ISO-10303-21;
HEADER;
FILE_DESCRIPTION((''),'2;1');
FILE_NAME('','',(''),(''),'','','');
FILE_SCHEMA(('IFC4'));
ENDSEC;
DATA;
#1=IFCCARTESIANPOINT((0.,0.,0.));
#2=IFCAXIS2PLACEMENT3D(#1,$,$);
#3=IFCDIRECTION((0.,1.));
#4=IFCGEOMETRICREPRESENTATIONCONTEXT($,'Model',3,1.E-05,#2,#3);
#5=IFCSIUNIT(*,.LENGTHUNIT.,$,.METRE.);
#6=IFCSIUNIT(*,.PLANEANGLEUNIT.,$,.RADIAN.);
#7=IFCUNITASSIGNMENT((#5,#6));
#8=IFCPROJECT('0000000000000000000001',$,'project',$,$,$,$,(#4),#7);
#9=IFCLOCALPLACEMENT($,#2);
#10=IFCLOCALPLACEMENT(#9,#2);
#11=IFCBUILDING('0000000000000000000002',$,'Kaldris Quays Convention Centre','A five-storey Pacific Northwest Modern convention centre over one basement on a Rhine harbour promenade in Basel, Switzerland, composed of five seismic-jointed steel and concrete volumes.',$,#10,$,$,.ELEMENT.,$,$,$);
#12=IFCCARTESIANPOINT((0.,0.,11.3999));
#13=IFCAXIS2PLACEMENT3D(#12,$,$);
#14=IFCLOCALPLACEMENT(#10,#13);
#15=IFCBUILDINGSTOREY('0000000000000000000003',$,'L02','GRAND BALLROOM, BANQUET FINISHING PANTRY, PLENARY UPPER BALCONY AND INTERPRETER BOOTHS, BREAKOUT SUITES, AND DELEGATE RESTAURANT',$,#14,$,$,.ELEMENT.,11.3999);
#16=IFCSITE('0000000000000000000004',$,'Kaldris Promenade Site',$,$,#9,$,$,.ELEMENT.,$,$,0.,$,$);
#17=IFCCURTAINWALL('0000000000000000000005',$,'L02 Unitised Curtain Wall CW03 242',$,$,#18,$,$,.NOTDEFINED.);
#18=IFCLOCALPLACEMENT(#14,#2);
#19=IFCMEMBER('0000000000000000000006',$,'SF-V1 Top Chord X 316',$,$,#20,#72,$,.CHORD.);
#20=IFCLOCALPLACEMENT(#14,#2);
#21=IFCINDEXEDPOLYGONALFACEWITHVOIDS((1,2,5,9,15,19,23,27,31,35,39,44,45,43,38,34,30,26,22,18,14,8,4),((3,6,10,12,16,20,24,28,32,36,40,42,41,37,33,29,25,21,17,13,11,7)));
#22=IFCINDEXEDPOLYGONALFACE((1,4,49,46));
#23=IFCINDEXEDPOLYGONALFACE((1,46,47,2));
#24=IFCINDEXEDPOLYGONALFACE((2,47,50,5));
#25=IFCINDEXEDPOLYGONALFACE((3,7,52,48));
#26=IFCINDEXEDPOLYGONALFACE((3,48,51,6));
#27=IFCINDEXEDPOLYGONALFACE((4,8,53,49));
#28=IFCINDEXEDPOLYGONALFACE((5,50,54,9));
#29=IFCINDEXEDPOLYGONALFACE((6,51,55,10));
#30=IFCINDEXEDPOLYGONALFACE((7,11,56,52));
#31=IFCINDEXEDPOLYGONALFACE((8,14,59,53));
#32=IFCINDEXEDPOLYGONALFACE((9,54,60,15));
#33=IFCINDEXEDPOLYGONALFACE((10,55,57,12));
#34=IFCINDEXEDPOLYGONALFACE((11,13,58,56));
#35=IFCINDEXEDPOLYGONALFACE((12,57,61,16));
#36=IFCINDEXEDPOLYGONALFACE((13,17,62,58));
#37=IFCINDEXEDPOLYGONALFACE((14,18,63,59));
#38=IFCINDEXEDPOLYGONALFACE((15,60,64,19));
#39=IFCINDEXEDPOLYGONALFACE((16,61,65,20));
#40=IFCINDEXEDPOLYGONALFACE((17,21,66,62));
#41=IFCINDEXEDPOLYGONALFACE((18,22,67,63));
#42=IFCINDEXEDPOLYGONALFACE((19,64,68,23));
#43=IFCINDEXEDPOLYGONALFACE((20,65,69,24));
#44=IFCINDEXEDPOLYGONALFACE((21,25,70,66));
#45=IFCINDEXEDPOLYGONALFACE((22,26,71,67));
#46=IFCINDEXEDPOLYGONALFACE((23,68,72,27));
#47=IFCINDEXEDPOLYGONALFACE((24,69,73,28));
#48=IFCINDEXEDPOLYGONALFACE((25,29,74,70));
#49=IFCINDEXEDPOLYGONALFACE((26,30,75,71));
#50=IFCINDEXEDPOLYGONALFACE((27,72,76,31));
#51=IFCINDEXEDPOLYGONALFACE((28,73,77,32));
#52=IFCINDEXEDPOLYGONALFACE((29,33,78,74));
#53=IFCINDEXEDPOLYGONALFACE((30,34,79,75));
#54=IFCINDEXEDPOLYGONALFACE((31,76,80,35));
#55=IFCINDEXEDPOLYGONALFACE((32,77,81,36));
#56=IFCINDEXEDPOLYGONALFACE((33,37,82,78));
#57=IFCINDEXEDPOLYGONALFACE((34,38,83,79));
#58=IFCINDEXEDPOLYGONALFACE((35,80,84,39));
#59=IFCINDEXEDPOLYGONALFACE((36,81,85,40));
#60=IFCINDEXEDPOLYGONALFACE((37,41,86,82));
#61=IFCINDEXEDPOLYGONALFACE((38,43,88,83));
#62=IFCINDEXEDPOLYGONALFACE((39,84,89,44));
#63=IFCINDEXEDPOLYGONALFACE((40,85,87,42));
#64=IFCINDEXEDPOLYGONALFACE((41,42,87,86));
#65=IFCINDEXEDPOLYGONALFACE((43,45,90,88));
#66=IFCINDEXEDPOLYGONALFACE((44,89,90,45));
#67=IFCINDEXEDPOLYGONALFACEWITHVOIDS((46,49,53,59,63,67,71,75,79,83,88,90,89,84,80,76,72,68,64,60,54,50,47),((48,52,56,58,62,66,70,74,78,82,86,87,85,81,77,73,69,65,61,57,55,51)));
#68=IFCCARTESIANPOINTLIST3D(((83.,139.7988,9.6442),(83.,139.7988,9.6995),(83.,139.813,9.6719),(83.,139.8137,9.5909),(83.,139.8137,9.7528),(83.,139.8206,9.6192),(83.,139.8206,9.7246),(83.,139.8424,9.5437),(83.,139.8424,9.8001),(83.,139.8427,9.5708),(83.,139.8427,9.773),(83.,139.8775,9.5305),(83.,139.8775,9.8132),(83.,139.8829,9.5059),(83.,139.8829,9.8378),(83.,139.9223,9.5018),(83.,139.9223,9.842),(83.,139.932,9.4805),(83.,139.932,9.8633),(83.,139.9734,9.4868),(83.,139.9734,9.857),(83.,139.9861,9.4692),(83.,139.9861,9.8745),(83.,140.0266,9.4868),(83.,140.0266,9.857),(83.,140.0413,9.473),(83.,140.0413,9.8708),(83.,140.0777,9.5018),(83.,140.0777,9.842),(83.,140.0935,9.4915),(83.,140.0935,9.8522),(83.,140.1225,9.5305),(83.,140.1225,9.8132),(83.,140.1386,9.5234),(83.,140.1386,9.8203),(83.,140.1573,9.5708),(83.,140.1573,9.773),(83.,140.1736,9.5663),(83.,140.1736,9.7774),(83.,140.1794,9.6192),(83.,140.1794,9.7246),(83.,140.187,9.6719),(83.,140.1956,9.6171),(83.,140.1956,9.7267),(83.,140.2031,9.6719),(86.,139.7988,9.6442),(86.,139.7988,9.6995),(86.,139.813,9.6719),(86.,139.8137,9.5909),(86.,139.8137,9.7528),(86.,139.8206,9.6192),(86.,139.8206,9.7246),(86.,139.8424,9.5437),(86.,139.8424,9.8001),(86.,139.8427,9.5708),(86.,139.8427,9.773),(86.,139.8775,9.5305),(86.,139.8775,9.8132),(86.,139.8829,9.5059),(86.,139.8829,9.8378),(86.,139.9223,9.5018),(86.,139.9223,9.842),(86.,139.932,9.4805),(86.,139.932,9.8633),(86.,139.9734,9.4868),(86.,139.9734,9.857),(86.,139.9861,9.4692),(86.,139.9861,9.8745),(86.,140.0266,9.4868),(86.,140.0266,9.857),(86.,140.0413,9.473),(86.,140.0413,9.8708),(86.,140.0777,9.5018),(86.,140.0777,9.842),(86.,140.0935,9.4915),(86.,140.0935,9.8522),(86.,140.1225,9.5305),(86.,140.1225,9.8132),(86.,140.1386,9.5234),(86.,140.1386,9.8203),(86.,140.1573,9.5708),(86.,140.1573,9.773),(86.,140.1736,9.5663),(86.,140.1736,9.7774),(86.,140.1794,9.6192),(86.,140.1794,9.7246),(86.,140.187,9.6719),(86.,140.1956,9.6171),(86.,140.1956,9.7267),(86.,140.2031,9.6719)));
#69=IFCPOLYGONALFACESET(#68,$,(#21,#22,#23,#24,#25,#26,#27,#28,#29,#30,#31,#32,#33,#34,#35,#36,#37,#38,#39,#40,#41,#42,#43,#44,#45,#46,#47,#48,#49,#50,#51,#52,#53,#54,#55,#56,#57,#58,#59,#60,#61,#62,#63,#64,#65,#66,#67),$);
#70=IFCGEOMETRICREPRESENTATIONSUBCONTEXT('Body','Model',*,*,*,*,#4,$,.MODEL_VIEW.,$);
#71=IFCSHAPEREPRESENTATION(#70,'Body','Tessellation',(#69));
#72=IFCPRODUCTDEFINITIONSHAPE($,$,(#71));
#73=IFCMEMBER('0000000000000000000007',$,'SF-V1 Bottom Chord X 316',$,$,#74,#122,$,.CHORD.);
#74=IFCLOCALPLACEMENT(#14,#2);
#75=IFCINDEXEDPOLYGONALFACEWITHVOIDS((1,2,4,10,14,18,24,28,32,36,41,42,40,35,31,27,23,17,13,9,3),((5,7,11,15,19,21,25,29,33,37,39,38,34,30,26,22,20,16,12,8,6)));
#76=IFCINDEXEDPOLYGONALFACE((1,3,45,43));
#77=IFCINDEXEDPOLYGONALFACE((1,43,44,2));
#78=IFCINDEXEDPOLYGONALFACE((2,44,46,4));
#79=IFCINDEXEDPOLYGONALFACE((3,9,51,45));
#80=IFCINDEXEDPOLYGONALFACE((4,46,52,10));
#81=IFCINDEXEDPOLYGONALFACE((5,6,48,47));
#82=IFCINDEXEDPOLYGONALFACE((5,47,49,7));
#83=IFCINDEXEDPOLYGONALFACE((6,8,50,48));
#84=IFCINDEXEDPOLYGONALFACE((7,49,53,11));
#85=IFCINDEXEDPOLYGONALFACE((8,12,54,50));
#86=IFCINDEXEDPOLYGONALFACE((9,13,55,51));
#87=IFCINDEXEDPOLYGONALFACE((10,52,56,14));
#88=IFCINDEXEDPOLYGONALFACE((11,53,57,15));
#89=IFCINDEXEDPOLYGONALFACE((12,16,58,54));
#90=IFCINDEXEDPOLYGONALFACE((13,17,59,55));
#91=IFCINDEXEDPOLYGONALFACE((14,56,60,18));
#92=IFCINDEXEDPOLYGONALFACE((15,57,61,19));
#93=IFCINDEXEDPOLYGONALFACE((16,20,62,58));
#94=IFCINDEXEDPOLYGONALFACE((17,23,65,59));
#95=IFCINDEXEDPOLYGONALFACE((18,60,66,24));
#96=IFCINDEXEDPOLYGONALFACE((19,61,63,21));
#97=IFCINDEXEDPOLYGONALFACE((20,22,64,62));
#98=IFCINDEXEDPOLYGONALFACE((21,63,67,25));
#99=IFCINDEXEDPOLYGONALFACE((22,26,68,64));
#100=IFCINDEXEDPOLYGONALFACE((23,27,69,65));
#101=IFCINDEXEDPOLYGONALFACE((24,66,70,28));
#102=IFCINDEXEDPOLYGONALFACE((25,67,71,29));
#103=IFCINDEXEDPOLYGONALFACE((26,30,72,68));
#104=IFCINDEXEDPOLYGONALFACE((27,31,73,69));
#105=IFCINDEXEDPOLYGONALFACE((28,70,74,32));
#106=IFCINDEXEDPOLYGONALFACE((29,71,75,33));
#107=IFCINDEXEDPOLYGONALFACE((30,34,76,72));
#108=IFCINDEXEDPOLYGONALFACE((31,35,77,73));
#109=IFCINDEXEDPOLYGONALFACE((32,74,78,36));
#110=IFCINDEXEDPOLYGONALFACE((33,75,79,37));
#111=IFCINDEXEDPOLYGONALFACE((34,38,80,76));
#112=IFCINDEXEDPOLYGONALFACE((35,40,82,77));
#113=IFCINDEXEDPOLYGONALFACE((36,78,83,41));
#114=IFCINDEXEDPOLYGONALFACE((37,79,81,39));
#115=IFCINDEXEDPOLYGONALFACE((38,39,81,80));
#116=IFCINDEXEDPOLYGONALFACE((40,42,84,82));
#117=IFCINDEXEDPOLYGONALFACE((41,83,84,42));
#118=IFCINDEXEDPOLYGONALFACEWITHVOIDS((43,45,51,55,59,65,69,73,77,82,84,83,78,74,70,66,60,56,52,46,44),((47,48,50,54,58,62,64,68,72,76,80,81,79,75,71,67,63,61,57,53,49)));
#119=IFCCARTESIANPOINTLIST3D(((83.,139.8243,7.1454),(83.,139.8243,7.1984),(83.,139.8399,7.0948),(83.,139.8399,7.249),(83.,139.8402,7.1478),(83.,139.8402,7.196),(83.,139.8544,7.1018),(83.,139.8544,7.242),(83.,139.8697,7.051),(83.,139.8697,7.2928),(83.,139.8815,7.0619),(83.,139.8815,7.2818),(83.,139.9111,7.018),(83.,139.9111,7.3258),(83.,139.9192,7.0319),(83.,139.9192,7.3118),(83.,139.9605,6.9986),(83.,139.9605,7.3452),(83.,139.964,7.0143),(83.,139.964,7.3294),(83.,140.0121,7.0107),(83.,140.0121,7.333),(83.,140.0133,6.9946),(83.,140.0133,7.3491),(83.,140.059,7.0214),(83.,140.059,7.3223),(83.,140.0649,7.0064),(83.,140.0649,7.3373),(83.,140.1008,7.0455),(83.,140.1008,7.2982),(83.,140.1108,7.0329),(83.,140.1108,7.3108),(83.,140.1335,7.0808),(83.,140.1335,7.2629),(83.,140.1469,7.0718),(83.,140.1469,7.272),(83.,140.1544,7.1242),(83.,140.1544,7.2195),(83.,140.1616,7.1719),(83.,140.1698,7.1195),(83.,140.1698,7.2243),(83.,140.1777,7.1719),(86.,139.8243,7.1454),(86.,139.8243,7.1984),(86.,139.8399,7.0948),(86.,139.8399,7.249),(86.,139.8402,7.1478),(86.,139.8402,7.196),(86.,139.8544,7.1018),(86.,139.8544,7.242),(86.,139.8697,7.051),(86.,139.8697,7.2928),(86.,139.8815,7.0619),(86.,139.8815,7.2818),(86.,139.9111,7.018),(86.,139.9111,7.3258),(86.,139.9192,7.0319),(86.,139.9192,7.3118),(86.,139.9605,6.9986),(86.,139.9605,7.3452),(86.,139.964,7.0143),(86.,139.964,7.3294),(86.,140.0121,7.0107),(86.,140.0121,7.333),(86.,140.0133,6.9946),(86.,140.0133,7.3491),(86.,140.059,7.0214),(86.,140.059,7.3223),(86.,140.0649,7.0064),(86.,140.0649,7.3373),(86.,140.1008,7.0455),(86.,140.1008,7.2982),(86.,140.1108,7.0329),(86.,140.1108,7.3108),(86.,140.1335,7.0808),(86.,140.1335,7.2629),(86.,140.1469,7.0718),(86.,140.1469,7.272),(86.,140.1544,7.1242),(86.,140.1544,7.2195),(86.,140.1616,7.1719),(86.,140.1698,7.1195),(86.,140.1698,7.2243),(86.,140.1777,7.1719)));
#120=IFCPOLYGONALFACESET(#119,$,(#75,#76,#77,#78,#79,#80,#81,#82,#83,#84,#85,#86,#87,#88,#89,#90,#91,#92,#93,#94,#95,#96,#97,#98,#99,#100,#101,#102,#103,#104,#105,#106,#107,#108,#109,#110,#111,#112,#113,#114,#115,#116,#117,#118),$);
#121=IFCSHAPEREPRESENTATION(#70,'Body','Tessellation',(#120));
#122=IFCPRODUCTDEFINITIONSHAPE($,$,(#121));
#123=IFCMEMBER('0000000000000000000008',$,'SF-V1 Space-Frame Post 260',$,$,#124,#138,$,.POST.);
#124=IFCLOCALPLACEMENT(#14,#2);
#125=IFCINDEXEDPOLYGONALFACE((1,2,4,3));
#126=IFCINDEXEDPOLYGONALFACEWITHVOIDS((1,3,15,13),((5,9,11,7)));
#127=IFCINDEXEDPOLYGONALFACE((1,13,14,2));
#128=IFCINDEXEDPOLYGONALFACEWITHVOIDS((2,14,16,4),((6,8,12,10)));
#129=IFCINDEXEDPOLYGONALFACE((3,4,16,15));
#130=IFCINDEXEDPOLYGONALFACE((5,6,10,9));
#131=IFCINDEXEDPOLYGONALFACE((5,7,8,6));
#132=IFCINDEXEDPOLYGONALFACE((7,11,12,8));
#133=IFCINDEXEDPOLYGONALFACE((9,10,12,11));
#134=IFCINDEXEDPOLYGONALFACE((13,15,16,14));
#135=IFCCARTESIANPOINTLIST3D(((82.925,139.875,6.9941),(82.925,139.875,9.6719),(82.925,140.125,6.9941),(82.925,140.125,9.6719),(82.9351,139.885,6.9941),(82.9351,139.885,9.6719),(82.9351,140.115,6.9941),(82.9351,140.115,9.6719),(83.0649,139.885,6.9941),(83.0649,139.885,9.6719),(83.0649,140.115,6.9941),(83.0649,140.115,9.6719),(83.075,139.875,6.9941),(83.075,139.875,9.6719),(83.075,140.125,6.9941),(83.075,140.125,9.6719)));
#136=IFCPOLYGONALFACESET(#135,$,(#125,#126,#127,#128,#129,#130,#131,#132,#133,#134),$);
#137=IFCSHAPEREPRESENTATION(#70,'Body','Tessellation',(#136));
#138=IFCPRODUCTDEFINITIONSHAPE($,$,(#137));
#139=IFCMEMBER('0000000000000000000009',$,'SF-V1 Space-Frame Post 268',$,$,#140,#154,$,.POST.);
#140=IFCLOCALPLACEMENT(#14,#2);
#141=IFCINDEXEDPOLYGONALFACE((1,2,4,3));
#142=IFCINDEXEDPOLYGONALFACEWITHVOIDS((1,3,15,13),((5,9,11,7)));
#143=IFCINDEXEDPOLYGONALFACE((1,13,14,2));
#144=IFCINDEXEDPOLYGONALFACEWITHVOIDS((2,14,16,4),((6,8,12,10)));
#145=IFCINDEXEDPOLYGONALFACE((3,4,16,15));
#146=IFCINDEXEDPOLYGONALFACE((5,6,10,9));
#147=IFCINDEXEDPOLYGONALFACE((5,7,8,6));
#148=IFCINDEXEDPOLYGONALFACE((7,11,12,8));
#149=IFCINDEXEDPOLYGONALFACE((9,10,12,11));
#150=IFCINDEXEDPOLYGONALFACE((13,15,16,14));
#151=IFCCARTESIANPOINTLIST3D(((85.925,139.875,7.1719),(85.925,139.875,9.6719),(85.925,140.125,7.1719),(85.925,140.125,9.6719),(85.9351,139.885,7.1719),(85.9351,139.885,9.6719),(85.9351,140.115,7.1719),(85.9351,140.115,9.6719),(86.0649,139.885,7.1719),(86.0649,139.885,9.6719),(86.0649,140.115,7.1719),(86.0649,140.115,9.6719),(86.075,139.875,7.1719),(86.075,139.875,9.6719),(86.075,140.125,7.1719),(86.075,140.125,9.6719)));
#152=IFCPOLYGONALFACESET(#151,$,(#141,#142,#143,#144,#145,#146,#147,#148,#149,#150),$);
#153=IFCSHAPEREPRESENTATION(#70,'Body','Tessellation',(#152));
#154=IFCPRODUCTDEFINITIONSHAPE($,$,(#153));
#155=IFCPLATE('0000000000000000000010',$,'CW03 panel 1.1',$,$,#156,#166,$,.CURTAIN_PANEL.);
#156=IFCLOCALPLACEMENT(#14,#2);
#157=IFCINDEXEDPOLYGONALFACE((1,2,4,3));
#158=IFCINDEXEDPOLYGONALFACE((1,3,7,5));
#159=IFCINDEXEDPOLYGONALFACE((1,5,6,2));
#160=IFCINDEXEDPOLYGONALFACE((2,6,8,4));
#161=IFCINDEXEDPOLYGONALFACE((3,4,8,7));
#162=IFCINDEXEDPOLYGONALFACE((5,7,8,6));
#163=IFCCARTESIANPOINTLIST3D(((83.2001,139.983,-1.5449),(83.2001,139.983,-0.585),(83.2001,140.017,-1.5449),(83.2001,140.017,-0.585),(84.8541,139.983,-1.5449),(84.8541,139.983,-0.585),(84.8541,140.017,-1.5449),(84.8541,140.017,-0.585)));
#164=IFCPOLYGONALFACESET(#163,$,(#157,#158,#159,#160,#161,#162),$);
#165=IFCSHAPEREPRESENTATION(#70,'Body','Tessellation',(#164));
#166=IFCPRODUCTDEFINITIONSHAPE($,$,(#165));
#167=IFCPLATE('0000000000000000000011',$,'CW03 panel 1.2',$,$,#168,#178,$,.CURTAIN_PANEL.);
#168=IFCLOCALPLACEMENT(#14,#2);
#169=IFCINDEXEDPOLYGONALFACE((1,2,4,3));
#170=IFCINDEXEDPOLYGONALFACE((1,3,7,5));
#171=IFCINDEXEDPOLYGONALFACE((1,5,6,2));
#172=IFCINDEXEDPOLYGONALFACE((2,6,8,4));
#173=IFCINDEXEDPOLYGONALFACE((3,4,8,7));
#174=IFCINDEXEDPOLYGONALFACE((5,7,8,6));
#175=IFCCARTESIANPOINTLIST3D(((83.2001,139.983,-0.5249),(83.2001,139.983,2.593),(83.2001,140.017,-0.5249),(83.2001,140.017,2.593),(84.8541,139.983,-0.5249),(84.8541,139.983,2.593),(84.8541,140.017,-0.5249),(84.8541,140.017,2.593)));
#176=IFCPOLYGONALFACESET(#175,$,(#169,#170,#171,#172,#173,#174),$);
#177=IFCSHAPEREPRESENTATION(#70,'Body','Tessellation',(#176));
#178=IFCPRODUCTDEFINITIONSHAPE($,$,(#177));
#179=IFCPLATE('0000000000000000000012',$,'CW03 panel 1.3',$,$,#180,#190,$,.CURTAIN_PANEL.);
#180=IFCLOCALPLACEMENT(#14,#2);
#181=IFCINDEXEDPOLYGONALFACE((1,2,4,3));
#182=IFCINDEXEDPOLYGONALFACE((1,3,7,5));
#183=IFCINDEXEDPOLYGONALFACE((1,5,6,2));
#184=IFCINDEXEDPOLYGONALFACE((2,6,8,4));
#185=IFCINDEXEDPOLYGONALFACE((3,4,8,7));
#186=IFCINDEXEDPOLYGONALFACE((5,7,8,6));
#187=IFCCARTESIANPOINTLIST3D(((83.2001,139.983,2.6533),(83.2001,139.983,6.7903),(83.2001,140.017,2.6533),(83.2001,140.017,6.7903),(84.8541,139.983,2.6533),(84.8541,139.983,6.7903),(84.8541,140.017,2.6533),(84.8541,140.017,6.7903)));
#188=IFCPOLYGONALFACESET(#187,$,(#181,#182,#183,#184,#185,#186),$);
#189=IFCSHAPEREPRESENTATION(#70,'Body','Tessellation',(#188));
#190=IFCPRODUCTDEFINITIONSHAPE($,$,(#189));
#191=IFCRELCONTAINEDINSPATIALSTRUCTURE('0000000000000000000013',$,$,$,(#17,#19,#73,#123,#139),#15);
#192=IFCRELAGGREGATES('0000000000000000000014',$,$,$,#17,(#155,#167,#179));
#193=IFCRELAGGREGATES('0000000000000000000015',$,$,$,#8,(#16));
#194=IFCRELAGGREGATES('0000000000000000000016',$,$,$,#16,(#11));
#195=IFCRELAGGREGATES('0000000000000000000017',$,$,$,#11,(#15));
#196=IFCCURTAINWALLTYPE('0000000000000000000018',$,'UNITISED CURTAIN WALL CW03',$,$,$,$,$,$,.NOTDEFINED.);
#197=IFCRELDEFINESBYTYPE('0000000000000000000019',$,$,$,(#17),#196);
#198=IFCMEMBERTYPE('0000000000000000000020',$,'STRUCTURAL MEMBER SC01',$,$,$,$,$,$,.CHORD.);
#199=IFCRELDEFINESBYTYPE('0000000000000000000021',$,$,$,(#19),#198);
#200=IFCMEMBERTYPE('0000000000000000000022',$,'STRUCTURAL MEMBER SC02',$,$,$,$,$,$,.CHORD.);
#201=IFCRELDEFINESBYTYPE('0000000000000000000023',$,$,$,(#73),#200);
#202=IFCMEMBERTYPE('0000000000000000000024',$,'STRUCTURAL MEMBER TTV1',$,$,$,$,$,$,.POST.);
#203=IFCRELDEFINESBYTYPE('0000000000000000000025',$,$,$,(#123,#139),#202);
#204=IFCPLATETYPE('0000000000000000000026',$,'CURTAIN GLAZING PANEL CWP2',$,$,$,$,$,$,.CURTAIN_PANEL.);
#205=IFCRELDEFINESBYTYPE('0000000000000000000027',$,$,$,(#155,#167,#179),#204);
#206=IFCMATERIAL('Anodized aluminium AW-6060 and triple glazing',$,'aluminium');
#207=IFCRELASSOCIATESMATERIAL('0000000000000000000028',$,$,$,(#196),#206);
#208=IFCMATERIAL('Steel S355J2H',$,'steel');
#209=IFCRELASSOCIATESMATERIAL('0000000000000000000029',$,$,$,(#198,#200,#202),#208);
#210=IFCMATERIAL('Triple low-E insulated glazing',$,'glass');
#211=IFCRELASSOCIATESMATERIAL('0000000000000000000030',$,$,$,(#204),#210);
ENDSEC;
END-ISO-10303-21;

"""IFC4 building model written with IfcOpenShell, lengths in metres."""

from ifc_helpers import new_model, si_unit, direction, frame, origin, origin_2d, place, context, subcontext, project, spatial, rectangle, hollow_rectangle, hollow_circle, extrude, material, material_profile, profile_set, type_object, element, aggregate, save


model = new_model("IFC4")

# Units and contexts
model_context = context("Model", 3, precision=1e-05, world=origin(), true_north=direction((0.0, 1.0)))
body_context = subcontext(model_context, "Body", "Model", "MODEL_VIEW")
ifc_project = project(units=[si_unit("LENGTHUNIT", "METRE"), si_unit("PLANEANGLEUNIT", "RADIAN")], contexts=[model_context])

# Site, building, storey
site_placement = place(None, origin())
site = spatial("IfcSite", under=ifc_project, at=site_placement, Name="Kaldris Promenade Site", CompositionType="ELEMENT", RefElevation=0.0)
building_placement = place(site_placement, origin())
building = spatial("IfcBuilding", under=site, at=building_placement, Name="Kaldris Quays Convention Centre", Description="A five-storey Pacific Northwest Modern convention centre over one basement on a Rhine harbour promenade in Basel, Switzerland, composed of five seismic-jointed steel and concrete volumes.", CompositionType="ELEMENT")
storey_placement = place(building_placement, frame((0.0, 0.0, 11.3999)))
storey = spatial("IfcBuildingStorey", under=building, at=storey_placement, Name="L02", Description="GRAND BALLROOM, BANQUET FINISHING PANTRY, PLENARY UPPER BALCONY AND INTERPRETER BOOTHS, BREAKOUT SUITES, AND DELEGATE RESTAURANT", CompositionType="ELEMENT", Elevation=11.3999)

# Curtain wall
ifc_material_1 = material(Name="Anodized aluminium AW-6060 and triple glazing", Category="aluminium")
curtain_wall_type = type_object("IfcCurtainWallType", Name="UNITISED CURTAIN WALL CW03", PredefinedType="NOTDEFINED", material=ifc_material_1)
curtain_wall_1_placement = place(storey_placement, origin())
curtain_wall_1 = element("IfcCurtainWall", 1, at=curtain_wall_1_placement, inside=storey, type_object=curtain_wall_type, Name="L02 Unitised Curtain Wall CW03 242", PredefinedType="NOTDEFINED")

# Members
ifc_material_2 = material(Name="Steel S355J2H", Category="steel")
ifc_material_profile_1 = material_profile(ifc_material_2, hollow_circle(Radius=0.2031, WallThickness=0.0161, at=origin_2d()), Name="CHS 406.4x16")
ifc_profile_set_1 = profile_set([ifc_material_profile_1], Name="Steel S355J2H")
member_type_1 = type_object("IfcMemberType", Name="STRUCTURAL MEMBER SC01", PredefinedType="CHORD", material=ifc_profile_set_1)
member_1_placement = place(storey_placement, frame((83.0, 140.0, 9.6719), z_axis=(1.0, 0.0, 0.0), x_axis=(0.0, 1.0, 0.0)))
element("IfcMember", 2, at=member_1_placement, inside=storey, type_object=member_type_1, Name="SF-V1 Top Chord X 316", PredefinedType="CHORD", context=body_context, shape_type="SweptSolid", body=[
    extrude(hollow_circle(Radius=0.2031, WallThickness=0.0161, at=origin_2d()), origin(), (0.0, 0.0, 1.0), 3.0),
])
ifc_material_profile_2 = material_profile(ifc_material_2, hollow_circle(Radius=0.1777, WallThickness=0.0161, at=origin_2d()), Name="CHS 355.6x16")
ifc_profile_set_2 = profile_set([ifc_material_profile_2], Name="Steel S355J2H")
member_type_2 = type_object("IfcMemberType", Name="STRUCTURAL MEMBER SC02", PredefinedType="CHORD", material=ifc_profile_set_2)
member_2_placement = place(storey_placement, frame((83.0, 140.0, 7.1719), z_axis=(1.0, 0.0, 0.0), x_axis=(0.0, 1.0, 0.0)))
element("IfcMember", 3, at=member_2_placement, inside=storey, type_object=member_type_2, Name="SF-V1 Bottom Chord X 316", PredefinedType="CHORD", context=body_context, shape_type="SweptSolid", body=[
    extrude(hollow_circle(Radius=0.1777, WallThickness=0.0161, at=origin_2d()), origin(), (0.0, 0.0, 1.0), 3.0),
])
ifc_material_profile_3 = material_profile(ifc_material_2, hollow_rectangle(XDim=0.1499, YDim=0.25, WallThickness=0.01, at=origin_2d()), Name="RHS 250x150x10")
ifc_profile_set_3 = profile_set([ifc_material_profile_3], Name="Steel S355J2H")
member_type_3 = type_object("IfcMemberType", Name="STRUCTURAL MEMBER TTV1", PredefinedType="POST", material=ifc_profile_set_3)
member_3_placement = place(storey_placement, frame((83.0, 140.0, 6.9941), z_axis=(0.0, 0.0, 1.0), x_axis=(1.0, 0.0, 0.0)))
element("IfcMember", 4, at=member_3_placement, inside=storey, type_object=member_type_3, Name="SF-V1 Space-Frame Post 260", PredefinedType="POST", context=body_context, shape_type="SweptSolid", body=[
    extrude(hollow_rectangle(XDim=0.1499, YDim=0.25, WallThickness=0.01, at=origin_2d()), origin(), (0.0, 0.0, 1.0), 2.6777),
])
member_4_placement = place(storey_placement, frame((86.0, 140.0, 7.1719), z_axis=(0.0, 0.0, 1.0), x_axis=(1.0, 0.0, 0.0)))
element("IfcMember", 5, at=member_4_placement, inside=storey, type_object=member_type_3, Name="SF-V1 Space-Frame Post 268", PredefinedType="POST", context=body_context, shape_type="SweptSolid", body=[
    extrude(hollow_rectangle(XDim=0.1499, YDim=0.25, WallThickness=0.01, at=origin_2d()), origin(), (0.0, 0.0, 1.0), 2.5),
])

# Plates
ifc_material_3 = material(Name="Triple low-E insulated glazing", Category="glass")
plate_type_1 = type_object("IfcPlateType", Name="CURTAIN GLAZING PANEL CWP2", PredefinedType="CURTAIN_PANEL", material=ifc_material_3)
plate_1_placement = place(storey_placement, frame((84.0271, 140.0, -1.5449), z_axis=(0.0, 0.0, 1.0), x_axis=(1.0, 0.0, 0.0)))
plate_1 = element("IfcPlate", 6, at=plate_1_placement, type_object=plate_type_1, Name="CW03 panel 1.1", PredefinedType="CURTAIN_PANEL", context=body_context, shape_type="SweptSolid", body=[
    extrude(rectangle(XDim=1.6541, YDim=0.0339, at=origin_2d()), origin(), (0.0, 0.0, 1.0), 0.96),
])
plate_2_placement = place(storey_placement, frame((84.0271, 140.0, -0.5249), z_axis=(0.0, 0.0, 1.0), x_axis=(1.0, 0.0, 0.0)))
plate_2 = element("IfcPlate", 7, at=plate_2_placement, type_object=plate_type_1, Name="CW03 panel 1.2", PredefinedType="CURTAIN_PANEL", context=body_context, shape_type="SweptSolid", body=[
    extrude(rectangle(XDim=1.6541, YDim=0.0339, at=origin_2d()), origin(), (0.0, 0.0, 1.0), 3.1179),
])
plate_3_placement = place(storey_placement, frame((84.0271, 140.0, 2.6533), z_axis=(0.0, 0.0, 1.0), x_axis=(1.0, 0.0, 0.0)))
plate_3 = element("IfcPlate", 8, at=plate_3_placement, type_object=plate_type_1, Name="CW03 panel 1.3", PredefinedType="CURTAIN_PANEL", context=body_context, shape_type="SweptSolid", body=[
    extrude(rectangle(XDim=1.6541, YDim=0.0339, at=origin_2d()), origin(), (0.0, 0.0, 1.0), 4.137),
])
aggregate(curtain_wall_1, [plate_1, plate_2, plate_3])

save(model, "model.ifc")
